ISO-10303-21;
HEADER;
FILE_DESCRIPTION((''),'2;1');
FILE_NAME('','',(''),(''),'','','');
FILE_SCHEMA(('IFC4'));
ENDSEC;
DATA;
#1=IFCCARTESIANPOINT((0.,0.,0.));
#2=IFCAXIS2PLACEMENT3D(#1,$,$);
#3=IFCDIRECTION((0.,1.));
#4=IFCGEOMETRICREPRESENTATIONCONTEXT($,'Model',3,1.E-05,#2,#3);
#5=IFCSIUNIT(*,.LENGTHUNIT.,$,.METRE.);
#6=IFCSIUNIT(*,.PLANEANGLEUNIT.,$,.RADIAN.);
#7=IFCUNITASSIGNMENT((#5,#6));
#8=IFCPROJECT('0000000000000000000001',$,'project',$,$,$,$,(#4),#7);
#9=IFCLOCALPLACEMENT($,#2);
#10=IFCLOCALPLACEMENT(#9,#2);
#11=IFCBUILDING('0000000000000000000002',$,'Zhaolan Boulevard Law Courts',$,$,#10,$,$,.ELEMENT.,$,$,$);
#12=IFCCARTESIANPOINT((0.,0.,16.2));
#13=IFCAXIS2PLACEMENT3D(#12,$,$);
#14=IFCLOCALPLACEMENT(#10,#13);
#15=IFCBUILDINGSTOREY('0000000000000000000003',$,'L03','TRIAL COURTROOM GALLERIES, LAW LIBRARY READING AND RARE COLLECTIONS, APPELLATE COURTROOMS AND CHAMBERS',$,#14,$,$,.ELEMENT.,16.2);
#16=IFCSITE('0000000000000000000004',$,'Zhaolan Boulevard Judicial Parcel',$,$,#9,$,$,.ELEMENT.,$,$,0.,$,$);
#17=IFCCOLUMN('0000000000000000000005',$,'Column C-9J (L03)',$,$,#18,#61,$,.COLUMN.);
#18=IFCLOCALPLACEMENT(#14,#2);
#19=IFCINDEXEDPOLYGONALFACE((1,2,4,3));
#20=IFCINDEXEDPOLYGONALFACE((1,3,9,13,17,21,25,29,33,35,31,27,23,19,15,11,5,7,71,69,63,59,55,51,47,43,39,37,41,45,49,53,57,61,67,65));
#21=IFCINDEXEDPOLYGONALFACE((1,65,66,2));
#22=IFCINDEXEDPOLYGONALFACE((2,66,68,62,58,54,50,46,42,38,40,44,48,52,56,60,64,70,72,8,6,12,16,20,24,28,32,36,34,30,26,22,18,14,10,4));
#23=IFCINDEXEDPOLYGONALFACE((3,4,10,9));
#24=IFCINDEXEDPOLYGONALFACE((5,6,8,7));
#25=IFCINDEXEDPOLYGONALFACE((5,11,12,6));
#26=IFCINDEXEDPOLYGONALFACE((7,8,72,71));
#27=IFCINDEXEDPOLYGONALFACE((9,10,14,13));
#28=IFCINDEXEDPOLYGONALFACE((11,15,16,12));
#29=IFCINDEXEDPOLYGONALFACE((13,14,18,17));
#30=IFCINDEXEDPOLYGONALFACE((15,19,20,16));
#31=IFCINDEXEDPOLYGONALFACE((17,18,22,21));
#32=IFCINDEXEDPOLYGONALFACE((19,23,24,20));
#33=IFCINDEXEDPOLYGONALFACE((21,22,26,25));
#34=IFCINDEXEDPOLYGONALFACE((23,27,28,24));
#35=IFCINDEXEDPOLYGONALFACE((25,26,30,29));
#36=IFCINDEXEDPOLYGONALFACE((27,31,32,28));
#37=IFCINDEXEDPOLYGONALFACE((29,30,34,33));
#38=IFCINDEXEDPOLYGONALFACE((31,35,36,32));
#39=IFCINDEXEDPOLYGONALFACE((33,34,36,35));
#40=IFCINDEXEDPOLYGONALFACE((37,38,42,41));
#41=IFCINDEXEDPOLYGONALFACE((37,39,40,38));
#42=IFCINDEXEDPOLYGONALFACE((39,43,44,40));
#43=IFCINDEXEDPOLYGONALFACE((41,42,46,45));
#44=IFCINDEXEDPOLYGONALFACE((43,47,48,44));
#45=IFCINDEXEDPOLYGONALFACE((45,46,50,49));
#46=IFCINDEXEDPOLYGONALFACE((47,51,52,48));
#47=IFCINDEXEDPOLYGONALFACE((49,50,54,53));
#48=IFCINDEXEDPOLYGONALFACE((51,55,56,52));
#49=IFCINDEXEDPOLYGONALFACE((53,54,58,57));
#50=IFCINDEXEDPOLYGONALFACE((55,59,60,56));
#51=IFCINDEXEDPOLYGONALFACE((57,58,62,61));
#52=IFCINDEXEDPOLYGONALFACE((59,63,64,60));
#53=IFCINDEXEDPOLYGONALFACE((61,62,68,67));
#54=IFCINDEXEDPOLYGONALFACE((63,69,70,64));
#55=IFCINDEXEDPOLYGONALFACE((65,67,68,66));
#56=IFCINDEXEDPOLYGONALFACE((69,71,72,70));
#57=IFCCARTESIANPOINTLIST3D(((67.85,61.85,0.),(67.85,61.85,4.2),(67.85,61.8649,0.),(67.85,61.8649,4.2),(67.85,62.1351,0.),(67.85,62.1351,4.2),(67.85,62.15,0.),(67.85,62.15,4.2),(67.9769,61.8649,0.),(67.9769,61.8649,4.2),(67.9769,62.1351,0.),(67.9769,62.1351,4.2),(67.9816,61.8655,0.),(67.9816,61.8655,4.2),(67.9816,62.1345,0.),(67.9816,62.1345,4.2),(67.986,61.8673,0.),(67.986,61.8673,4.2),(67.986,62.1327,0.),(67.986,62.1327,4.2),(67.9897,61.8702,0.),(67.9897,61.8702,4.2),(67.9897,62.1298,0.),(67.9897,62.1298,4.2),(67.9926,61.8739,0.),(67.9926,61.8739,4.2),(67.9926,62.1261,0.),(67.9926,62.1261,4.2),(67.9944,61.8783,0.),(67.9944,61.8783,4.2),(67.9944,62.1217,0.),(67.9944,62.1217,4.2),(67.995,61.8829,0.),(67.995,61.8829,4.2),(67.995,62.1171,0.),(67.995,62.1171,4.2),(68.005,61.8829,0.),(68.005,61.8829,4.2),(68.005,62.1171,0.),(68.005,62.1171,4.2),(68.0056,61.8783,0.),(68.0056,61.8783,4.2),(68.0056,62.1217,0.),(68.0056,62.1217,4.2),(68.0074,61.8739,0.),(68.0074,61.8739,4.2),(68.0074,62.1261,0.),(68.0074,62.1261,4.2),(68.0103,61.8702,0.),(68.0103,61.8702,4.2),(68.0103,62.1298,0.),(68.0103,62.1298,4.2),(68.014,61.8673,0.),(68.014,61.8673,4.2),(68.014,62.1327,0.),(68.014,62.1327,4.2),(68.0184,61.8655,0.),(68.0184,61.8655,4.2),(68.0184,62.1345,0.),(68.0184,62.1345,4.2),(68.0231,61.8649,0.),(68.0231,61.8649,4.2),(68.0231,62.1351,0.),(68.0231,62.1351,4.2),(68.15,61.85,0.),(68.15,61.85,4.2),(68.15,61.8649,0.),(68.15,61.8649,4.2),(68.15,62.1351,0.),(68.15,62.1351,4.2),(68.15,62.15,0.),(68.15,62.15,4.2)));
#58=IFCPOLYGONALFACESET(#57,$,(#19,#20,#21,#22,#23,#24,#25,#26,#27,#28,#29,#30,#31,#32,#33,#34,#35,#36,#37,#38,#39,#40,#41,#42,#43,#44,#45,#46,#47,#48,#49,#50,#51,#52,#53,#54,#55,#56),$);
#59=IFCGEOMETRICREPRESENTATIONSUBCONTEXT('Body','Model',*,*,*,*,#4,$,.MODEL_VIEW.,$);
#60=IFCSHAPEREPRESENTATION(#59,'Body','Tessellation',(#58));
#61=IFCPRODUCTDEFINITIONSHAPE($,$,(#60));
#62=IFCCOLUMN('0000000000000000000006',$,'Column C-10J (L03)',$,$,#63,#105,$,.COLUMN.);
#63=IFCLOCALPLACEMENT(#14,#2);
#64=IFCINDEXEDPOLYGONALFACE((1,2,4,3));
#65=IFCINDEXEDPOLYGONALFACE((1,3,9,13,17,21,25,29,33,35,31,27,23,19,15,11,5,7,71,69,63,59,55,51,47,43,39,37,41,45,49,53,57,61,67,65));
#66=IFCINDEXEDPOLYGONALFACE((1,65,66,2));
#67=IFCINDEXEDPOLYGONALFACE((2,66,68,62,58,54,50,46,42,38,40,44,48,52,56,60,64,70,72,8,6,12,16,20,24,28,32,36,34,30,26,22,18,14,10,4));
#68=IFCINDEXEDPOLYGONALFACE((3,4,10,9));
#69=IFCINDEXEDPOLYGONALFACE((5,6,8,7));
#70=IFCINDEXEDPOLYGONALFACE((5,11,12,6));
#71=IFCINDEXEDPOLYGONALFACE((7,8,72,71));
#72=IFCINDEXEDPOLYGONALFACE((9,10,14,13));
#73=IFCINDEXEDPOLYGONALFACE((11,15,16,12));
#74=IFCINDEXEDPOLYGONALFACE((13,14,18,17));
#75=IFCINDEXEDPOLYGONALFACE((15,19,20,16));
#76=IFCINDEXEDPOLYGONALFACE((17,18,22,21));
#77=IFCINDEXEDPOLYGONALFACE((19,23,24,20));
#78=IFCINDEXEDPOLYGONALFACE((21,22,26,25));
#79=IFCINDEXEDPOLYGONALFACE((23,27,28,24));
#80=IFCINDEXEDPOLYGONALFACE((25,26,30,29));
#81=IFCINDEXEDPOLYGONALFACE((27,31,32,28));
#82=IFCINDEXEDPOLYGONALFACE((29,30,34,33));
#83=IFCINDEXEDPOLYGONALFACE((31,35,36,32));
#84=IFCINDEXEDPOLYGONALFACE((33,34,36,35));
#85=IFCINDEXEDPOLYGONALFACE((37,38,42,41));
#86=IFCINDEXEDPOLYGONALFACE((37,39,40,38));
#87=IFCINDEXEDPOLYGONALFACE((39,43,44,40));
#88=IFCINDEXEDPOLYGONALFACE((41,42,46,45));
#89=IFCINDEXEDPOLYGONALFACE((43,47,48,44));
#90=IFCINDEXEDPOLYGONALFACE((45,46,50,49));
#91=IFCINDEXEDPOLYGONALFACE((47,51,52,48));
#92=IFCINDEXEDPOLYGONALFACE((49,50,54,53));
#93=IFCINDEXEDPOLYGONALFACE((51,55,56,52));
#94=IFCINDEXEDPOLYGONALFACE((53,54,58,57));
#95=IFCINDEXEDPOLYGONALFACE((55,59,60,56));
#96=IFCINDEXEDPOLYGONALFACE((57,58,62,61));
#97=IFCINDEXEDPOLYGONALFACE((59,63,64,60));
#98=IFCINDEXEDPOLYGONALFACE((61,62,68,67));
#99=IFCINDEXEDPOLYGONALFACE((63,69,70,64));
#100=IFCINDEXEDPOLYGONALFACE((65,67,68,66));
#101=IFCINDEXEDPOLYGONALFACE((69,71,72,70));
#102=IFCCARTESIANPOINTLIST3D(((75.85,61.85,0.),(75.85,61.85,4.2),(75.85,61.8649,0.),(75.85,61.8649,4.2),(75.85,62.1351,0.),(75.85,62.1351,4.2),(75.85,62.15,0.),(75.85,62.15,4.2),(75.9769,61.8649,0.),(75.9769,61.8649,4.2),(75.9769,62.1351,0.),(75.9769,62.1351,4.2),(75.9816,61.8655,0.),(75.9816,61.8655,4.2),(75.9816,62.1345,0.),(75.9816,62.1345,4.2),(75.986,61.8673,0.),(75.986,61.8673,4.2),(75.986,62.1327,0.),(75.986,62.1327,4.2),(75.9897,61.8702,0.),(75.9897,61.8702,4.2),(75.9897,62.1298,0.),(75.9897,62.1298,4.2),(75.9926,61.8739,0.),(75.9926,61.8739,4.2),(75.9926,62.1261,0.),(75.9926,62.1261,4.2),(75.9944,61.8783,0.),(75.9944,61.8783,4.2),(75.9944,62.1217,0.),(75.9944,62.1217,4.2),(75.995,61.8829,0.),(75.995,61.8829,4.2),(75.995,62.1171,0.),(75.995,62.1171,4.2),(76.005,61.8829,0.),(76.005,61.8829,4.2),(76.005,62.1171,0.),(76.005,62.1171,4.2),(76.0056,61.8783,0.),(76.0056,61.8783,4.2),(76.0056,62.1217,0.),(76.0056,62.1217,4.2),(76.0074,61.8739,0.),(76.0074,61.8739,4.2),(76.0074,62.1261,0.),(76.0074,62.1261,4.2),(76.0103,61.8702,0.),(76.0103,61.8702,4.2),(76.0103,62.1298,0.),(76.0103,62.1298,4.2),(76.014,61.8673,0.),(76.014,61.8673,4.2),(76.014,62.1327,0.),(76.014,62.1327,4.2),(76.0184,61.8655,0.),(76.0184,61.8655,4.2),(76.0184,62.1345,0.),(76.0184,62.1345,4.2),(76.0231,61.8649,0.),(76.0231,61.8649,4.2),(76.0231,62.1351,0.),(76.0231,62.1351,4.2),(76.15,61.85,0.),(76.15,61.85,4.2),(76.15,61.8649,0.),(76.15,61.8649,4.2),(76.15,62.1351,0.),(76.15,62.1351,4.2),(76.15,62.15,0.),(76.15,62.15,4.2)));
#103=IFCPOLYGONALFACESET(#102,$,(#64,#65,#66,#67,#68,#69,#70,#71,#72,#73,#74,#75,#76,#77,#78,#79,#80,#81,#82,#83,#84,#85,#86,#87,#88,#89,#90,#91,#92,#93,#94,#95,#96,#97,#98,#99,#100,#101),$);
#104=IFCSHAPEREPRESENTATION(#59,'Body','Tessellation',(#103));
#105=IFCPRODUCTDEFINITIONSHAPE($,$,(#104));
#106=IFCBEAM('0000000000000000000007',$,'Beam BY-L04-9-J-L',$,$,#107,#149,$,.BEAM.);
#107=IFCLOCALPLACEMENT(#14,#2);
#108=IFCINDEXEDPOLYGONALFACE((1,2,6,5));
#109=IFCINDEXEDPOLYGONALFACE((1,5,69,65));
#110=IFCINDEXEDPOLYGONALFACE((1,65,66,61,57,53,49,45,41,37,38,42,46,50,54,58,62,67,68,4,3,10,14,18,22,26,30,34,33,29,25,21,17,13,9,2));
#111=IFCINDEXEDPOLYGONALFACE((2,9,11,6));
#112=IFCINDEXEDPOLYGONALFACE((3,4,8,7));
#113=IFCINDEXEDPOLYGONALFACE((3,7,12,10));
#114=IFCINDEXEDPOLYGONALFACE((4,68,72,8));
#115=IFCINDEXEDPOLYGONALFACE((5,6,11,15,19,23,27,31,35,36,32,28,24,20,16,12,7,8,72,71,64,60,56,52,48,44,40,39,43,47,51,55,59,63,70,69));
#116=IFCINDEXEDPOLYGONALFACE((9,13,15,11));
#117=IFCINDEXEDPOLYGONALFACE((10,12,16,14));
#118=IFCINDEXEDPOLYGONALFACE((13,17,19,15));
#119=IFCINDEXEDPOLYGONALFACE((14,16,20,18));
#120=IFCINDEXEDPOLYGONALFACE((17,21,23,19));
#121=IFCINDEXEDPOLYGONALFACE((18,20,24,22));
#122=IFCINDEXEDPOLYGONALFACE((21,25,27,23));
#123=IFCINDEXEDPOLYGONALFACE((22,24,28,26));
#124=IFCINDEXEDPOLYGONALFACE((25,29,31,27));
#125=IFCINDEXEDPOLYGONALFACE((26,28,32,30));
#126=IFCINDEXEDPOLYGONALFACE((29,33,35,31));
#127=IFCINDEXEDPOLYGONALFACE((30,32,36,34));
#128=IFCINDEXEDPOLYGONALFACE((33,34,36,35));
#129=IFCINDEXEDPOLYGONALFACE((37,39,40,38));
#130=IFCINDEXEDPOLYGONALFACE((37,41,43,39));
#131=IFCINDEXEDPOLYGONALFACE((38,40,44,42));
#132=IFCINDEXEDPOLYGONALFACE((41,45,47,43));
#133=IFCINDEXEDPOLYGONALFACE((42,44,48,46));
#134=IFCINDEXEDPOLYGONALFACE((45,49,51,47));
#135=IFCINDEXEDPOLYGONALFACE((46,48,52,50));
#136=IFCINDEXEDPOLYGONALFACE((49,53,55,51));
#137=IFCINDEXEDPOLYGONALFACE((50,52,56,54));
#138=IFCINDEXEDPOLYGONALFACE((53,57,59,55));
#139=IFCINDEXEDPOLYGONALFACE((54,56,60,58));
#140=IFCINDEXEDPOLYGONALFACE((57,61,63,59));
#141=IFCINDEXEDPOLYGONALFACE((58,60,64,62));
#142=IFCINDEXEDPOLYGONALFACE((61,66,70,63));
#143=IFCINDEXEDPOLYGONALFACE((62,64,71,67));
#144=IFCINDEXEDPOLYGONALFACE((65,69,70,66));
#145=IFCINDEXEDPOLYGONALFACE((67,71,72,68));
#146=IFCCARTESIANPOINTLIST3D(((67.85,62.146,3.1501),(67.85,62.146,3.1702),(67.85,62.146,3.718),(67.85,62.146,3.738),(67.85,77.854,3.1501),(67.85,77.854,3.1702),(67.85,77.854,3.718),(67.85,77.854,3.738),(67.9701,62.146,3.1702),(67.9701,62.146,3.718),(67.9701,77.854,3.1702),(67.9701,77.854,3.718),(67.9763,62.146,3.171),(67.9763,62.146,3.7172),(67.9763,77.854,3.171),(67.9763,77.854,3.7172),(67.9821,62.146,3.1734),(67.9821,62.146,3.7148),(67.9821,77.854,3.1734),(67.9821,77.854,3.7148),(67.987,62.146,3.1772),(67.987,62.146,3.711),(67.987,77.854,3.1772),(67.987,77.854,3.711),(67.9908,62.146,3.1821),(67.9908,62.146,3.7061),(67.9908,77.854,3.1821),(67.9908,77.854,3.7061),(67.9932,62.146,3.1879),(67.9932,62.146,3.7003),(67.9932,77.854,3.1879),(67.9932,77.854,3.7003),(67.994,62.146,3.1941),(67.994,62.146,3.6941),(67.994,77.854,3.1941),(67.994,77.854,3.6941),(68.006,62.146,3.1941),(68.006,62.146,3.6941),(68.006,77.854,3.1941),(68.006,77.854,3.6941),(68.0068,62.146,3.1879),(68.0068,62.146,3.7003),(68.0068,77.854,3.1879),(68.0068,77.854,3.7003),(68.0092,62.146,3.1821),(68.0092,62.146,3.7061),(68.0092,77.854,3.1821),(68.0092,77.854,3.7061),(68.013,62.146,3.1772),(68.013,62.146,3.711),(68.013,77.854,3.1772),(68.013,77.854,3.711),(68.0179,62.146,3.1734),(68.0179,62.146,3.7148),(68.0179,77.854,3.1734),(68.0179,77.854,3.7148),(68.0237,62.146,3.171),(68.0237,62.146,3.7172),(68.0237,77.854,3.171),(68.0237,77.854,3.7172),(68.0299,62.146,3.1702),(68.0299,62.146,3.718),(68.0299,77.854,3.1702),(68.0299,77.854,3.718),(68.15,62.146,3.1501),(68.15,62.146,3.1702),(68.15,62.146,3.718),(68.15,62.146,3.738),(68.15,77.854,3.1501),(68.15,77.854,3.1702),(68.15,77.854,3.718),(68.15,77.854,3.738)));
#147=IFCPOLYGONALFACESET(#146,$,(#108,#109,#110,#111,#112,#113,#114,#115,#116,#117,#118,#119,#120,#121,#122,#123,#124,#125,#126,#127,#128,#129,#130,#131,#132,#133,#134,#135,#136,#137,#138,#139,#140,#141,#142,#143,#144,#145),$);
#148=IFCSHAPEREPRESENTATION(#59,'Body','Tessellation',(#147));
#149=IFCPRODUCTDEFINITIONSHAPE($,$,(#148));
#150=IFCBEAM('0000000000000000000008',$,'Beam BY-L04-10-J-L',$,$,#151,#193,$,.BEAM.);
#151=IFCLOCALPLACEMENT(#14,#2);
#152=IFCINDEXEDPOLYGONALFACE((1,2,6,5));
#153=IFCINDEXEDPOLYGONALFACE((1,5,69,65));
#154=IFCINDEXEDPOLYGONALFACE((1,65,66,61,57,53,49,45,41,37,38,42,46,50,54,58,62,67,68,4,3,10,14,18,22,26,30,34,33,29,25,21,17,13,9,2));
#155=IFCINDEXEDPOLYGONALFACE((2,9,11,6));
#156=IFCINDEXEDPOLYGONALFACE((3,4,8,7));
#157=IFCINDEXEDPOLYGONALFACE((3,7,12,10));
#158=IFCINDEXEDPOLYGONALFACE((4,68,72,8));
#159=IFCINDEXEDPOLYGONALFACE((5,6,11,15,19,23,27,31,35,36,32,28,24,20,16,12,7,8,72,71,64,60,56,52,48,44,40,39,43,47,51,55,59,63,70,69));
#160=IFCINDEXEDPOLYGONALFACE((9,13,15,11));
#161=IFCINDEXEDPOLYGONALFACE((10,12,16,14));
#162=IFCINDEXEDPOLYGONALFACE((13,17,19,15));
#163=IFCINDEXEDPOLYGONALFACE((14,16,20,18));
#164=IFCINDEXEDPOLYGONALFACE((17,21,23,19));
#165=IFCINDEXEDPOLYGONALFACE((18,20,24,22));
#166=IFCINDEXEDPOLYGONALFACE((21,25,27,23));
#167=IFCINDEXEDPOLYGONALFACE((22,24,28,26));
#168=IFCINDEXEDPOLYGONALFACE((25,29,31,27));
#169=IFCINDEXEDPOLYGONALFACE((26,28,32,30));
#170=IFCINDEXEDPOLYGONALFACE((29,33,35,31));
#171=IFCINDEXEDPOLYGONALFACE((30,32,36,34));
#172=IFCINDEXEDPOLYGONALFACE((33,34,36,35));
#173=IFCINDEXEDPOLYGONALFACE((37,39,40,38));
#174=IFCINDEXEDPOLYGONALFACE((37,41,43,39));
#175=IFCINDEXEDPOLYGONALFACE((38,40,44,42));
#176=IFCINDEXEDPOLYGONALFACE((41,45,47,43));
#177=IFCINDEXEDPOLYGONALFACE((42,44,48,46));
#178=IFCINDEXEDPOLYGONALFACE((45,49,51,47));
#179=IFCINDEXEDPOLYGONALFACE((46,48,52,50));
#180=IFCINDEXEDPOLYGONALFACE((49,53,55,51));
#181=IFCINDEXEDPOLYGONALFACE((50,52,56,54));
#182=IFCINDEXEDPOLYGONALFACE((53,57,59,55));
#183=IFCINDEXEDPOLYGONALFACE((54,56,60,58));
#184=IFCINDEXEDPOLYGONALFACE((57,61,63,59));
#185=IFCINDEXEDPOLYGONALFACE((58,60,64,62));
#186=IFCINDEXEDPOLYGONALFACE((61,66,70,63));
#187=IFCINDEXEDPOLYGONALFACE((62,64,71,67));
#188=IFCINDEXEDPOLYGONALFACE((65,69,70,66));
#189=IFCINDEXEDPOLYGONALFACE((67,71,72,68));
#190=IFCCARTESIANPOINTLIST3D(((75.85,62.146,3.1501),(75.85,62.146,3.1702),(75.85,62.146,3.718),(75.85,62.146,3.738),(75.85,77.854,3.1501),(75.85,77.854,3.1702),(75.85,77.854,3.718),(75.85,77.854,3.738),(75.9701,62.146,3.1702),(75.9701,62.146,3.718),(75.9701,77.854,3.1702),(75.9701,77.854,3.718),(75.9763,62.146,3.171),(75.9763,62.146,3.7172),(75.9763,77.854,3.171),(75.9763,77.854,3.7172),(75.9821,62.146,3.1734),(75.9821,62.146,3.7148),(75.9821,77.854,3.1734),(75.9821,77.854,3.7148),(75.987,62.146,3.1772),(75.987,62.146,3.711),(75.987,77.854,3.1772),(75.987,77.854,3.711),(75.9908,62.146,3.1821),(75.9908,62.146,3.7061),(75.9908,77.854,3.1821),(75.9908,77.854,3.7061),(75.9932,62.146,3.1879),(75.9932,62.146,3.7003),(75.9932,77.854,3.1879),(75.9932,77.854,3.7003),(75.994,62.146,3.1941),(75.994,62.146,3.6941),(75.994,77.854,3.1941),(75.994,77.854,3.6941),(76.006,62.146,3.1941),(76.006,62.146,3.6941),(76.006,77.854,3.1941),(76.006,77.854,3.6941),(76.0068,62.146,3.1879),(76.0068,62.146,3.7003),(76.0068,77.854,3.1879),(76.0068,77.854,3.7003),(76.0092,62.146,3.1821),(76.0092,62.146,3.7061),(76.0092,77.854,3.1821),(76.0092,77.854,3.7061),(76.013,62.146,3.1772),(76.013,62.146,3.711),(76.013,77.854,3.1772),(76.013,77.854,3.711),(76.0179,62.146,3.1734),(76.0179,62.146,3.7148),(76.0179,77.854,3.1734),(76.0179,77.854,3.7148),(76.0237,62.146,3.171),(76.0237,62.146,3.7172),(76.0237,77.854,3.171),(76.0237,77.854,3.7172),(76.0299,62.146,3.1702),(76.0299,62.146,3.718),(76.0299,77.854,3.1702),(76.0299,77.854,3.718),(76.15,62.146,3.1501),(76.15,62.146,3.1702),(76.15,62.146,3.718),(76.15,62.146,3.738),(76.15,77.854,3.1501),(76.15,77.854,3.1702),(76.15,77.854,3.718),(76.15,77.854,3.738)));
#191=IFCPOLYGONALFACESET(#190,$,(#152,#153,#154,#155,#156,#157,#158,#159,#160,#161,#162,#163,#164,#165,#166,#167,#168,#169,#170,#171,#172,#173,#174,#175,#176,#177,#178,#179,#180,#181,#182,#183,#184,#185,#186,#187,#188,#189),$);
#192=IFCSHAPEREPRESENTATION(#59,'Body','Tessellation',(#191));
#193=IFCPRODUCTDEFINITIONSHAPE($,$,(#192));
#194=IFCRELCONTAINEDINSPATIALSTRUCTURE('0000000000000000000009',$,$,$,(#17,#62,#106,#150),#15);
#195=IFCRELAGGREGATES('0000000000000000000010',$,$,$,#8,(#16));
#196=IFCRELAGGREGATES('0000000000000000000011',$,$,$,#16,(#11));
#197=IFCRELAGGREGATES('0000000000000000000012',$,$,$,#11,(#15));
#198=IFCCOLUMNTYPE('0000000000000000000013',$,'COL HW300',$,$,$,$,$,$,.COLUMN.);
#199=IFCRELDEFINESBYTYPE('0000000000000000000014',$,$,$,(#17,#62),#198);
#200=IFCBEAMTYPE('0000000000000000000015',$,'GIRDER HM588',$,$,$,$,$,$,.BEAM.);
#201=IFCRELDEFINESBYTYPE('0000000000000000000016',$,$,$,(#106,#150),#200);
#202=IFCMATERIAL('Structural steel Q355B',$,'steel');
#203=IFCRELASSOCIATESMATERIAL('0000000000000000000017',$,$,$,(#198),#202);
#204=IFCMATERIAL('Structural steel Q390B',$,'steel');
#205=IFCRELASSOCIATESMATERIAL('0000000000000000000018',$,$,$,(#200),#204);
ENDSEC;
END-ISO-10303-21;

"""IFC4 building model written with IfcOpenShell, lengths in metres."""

from ifc_helpers import new_model, si_unit, direction, frame, origin, origin_2d, place, context, subcontext, project, spatial, i_section, extrude, material, material_profile, profile_set, type_object, element, save


model = new_model("IFC4")

# Units and contexts
model_context = context("Model", 3, precision=1e-05, world=origin(), true_north=direction((0.0, 1.0)))
body_context = subcontext(model_context, "Body", "Model", "MODEL_VIEW")
ifc_project = project(units=[si_unit("LENGTHUNIT", "METRE"), si_unit("PLANEANGLEUNIT", "RADIAN")], contexts=[model_context])

# Site, building, storey
site_placement = place(None, origin())
site = spatial("IfcSite", under=ifc_project, at=site_placement, Name="Zhaolan Boulevard Judicial Parcel", CompositionType="ELEMENT", RefElevation=0.0)
building_placement = place(site_placement, origin())
building = spatial("IfcBuilding", under=site, at=building_placement, Name="Zhaolan Boulevard Law Courts", CompositionType="ELEMENT")
storey_placement = place(building_placement, frame((0.0, 0.0, 16.2)))
storey = spatial("IfcBuildingStorey", under=building, at=storey_placement, Name="L03", Description="TRIAL COURTROOM GALLERIES, LAW LIBRARY READING AND RARE COLLECTIONS, APPELLATE COURTROOMS AND CHAMBERS", CompositionType="ELEMENT", Elevation=16.2)

# Columns
ifc_material_1 = material(Name="Structural steel Q355B", Category="steel")
ifc_material_profile_1 = material_profile(ifc_material_1, i_section(OverallWidth=0.3, OverallDepth=0.3, WebThickness=0.01, FlangeThickness=0.0149, FilletRadius=0.0181, at=origin_2d()), Name="HW300x300")
ifc_profile_set_1 = profile_set([ifc_material_profile_1], Name="Structural steel Q355B")
column_type = type_object("IfcColumnType", Name="COL HW300", PredefinedType="COLUMN", material=ifc_profile_set_1)
for number, where, z_axis, x_axis, name in (
    (1, (68.0, 62.0, 0.0), (0.0, 0.0, 1.0), (1.0, 0.0, 0.0), "Column C-9J (L03)"),
    (2, (76.0, 62.0, 0.0), (0.0, 0.0, 1.0), (1.0, 0.0, 0.0), "Column C-10J (L03)"),
):
    element("IfcColumn", number, at=place(storey_placement, frame(where, z_axis=z_axis, x_axis=x_axis)), inside=storey, type_object=column_type, Name=name, PredefinedType="COLUMN", context=body_context, shape_type="SweptSolid", body=[
        extrude(i_section(OverallWidth=0.3, OverallDepth=0.3, WebThickness=0.01, FlangeThickness=0.0149, FilletRadius=0.0181, at=origin_2d()), origin(), (0.0, 0.0, 1.0), 4.2),
    ])

# Beams
ifc_material_2 = material(Name="Structural steel Q390B", Category="steel")
ifc_material_profile_2 = material_profile(ifc_material_2, i_section(OverallWidth=0.3, OverallDepth=0.5879, WebThickness=0.012, FlangeThickness=0.02, FilletRadius=0.0239, at=origin_2d()), Name="HM588x300")
ifc_profile_set_2 = profile_set([ifc_material_profile_2], Name="Structural steel Q390B")
beam_type_1 = type_object("IfcBeamType", Name="GIRDER HM588", PredefinedType="BEAM", material=ifc_profile_set_2)
for number, where, z_axis, x_axis, name in (
    (3, (68.0, 62.146, 3.4441), (0.0, 1.0, 0.0), (-1.0, 0.0, 0.0), "Beam BY-L04-9-J-L"),
    (4, (76.0, 62.146, 3.4441), (0.0, 1.0, 0.0), (-1.0, 0.0, 0.0), "Beam BY-L04-10-J-L"),
):
    element("IfcBeam", number, at=place(storey_placement, frame(where, z_axis=z_axis, x_axis=x_axis)), inside=storey, type_object=beam_type_1, Name=name, PredefinedType="BEAM", context=body_context, shape_type="SweptSolid", body=[
        extrude(i_section(OverallWidth=0.3, OverallDepth=0.5879, WebThickness=0.012, FlangeThickness=0.02, FilletRadius=0.0239, at=origin_2d()), origin(), (0.0, 0.0, 1.0), 15.708),
    ])

save(model, "model.ifc")
